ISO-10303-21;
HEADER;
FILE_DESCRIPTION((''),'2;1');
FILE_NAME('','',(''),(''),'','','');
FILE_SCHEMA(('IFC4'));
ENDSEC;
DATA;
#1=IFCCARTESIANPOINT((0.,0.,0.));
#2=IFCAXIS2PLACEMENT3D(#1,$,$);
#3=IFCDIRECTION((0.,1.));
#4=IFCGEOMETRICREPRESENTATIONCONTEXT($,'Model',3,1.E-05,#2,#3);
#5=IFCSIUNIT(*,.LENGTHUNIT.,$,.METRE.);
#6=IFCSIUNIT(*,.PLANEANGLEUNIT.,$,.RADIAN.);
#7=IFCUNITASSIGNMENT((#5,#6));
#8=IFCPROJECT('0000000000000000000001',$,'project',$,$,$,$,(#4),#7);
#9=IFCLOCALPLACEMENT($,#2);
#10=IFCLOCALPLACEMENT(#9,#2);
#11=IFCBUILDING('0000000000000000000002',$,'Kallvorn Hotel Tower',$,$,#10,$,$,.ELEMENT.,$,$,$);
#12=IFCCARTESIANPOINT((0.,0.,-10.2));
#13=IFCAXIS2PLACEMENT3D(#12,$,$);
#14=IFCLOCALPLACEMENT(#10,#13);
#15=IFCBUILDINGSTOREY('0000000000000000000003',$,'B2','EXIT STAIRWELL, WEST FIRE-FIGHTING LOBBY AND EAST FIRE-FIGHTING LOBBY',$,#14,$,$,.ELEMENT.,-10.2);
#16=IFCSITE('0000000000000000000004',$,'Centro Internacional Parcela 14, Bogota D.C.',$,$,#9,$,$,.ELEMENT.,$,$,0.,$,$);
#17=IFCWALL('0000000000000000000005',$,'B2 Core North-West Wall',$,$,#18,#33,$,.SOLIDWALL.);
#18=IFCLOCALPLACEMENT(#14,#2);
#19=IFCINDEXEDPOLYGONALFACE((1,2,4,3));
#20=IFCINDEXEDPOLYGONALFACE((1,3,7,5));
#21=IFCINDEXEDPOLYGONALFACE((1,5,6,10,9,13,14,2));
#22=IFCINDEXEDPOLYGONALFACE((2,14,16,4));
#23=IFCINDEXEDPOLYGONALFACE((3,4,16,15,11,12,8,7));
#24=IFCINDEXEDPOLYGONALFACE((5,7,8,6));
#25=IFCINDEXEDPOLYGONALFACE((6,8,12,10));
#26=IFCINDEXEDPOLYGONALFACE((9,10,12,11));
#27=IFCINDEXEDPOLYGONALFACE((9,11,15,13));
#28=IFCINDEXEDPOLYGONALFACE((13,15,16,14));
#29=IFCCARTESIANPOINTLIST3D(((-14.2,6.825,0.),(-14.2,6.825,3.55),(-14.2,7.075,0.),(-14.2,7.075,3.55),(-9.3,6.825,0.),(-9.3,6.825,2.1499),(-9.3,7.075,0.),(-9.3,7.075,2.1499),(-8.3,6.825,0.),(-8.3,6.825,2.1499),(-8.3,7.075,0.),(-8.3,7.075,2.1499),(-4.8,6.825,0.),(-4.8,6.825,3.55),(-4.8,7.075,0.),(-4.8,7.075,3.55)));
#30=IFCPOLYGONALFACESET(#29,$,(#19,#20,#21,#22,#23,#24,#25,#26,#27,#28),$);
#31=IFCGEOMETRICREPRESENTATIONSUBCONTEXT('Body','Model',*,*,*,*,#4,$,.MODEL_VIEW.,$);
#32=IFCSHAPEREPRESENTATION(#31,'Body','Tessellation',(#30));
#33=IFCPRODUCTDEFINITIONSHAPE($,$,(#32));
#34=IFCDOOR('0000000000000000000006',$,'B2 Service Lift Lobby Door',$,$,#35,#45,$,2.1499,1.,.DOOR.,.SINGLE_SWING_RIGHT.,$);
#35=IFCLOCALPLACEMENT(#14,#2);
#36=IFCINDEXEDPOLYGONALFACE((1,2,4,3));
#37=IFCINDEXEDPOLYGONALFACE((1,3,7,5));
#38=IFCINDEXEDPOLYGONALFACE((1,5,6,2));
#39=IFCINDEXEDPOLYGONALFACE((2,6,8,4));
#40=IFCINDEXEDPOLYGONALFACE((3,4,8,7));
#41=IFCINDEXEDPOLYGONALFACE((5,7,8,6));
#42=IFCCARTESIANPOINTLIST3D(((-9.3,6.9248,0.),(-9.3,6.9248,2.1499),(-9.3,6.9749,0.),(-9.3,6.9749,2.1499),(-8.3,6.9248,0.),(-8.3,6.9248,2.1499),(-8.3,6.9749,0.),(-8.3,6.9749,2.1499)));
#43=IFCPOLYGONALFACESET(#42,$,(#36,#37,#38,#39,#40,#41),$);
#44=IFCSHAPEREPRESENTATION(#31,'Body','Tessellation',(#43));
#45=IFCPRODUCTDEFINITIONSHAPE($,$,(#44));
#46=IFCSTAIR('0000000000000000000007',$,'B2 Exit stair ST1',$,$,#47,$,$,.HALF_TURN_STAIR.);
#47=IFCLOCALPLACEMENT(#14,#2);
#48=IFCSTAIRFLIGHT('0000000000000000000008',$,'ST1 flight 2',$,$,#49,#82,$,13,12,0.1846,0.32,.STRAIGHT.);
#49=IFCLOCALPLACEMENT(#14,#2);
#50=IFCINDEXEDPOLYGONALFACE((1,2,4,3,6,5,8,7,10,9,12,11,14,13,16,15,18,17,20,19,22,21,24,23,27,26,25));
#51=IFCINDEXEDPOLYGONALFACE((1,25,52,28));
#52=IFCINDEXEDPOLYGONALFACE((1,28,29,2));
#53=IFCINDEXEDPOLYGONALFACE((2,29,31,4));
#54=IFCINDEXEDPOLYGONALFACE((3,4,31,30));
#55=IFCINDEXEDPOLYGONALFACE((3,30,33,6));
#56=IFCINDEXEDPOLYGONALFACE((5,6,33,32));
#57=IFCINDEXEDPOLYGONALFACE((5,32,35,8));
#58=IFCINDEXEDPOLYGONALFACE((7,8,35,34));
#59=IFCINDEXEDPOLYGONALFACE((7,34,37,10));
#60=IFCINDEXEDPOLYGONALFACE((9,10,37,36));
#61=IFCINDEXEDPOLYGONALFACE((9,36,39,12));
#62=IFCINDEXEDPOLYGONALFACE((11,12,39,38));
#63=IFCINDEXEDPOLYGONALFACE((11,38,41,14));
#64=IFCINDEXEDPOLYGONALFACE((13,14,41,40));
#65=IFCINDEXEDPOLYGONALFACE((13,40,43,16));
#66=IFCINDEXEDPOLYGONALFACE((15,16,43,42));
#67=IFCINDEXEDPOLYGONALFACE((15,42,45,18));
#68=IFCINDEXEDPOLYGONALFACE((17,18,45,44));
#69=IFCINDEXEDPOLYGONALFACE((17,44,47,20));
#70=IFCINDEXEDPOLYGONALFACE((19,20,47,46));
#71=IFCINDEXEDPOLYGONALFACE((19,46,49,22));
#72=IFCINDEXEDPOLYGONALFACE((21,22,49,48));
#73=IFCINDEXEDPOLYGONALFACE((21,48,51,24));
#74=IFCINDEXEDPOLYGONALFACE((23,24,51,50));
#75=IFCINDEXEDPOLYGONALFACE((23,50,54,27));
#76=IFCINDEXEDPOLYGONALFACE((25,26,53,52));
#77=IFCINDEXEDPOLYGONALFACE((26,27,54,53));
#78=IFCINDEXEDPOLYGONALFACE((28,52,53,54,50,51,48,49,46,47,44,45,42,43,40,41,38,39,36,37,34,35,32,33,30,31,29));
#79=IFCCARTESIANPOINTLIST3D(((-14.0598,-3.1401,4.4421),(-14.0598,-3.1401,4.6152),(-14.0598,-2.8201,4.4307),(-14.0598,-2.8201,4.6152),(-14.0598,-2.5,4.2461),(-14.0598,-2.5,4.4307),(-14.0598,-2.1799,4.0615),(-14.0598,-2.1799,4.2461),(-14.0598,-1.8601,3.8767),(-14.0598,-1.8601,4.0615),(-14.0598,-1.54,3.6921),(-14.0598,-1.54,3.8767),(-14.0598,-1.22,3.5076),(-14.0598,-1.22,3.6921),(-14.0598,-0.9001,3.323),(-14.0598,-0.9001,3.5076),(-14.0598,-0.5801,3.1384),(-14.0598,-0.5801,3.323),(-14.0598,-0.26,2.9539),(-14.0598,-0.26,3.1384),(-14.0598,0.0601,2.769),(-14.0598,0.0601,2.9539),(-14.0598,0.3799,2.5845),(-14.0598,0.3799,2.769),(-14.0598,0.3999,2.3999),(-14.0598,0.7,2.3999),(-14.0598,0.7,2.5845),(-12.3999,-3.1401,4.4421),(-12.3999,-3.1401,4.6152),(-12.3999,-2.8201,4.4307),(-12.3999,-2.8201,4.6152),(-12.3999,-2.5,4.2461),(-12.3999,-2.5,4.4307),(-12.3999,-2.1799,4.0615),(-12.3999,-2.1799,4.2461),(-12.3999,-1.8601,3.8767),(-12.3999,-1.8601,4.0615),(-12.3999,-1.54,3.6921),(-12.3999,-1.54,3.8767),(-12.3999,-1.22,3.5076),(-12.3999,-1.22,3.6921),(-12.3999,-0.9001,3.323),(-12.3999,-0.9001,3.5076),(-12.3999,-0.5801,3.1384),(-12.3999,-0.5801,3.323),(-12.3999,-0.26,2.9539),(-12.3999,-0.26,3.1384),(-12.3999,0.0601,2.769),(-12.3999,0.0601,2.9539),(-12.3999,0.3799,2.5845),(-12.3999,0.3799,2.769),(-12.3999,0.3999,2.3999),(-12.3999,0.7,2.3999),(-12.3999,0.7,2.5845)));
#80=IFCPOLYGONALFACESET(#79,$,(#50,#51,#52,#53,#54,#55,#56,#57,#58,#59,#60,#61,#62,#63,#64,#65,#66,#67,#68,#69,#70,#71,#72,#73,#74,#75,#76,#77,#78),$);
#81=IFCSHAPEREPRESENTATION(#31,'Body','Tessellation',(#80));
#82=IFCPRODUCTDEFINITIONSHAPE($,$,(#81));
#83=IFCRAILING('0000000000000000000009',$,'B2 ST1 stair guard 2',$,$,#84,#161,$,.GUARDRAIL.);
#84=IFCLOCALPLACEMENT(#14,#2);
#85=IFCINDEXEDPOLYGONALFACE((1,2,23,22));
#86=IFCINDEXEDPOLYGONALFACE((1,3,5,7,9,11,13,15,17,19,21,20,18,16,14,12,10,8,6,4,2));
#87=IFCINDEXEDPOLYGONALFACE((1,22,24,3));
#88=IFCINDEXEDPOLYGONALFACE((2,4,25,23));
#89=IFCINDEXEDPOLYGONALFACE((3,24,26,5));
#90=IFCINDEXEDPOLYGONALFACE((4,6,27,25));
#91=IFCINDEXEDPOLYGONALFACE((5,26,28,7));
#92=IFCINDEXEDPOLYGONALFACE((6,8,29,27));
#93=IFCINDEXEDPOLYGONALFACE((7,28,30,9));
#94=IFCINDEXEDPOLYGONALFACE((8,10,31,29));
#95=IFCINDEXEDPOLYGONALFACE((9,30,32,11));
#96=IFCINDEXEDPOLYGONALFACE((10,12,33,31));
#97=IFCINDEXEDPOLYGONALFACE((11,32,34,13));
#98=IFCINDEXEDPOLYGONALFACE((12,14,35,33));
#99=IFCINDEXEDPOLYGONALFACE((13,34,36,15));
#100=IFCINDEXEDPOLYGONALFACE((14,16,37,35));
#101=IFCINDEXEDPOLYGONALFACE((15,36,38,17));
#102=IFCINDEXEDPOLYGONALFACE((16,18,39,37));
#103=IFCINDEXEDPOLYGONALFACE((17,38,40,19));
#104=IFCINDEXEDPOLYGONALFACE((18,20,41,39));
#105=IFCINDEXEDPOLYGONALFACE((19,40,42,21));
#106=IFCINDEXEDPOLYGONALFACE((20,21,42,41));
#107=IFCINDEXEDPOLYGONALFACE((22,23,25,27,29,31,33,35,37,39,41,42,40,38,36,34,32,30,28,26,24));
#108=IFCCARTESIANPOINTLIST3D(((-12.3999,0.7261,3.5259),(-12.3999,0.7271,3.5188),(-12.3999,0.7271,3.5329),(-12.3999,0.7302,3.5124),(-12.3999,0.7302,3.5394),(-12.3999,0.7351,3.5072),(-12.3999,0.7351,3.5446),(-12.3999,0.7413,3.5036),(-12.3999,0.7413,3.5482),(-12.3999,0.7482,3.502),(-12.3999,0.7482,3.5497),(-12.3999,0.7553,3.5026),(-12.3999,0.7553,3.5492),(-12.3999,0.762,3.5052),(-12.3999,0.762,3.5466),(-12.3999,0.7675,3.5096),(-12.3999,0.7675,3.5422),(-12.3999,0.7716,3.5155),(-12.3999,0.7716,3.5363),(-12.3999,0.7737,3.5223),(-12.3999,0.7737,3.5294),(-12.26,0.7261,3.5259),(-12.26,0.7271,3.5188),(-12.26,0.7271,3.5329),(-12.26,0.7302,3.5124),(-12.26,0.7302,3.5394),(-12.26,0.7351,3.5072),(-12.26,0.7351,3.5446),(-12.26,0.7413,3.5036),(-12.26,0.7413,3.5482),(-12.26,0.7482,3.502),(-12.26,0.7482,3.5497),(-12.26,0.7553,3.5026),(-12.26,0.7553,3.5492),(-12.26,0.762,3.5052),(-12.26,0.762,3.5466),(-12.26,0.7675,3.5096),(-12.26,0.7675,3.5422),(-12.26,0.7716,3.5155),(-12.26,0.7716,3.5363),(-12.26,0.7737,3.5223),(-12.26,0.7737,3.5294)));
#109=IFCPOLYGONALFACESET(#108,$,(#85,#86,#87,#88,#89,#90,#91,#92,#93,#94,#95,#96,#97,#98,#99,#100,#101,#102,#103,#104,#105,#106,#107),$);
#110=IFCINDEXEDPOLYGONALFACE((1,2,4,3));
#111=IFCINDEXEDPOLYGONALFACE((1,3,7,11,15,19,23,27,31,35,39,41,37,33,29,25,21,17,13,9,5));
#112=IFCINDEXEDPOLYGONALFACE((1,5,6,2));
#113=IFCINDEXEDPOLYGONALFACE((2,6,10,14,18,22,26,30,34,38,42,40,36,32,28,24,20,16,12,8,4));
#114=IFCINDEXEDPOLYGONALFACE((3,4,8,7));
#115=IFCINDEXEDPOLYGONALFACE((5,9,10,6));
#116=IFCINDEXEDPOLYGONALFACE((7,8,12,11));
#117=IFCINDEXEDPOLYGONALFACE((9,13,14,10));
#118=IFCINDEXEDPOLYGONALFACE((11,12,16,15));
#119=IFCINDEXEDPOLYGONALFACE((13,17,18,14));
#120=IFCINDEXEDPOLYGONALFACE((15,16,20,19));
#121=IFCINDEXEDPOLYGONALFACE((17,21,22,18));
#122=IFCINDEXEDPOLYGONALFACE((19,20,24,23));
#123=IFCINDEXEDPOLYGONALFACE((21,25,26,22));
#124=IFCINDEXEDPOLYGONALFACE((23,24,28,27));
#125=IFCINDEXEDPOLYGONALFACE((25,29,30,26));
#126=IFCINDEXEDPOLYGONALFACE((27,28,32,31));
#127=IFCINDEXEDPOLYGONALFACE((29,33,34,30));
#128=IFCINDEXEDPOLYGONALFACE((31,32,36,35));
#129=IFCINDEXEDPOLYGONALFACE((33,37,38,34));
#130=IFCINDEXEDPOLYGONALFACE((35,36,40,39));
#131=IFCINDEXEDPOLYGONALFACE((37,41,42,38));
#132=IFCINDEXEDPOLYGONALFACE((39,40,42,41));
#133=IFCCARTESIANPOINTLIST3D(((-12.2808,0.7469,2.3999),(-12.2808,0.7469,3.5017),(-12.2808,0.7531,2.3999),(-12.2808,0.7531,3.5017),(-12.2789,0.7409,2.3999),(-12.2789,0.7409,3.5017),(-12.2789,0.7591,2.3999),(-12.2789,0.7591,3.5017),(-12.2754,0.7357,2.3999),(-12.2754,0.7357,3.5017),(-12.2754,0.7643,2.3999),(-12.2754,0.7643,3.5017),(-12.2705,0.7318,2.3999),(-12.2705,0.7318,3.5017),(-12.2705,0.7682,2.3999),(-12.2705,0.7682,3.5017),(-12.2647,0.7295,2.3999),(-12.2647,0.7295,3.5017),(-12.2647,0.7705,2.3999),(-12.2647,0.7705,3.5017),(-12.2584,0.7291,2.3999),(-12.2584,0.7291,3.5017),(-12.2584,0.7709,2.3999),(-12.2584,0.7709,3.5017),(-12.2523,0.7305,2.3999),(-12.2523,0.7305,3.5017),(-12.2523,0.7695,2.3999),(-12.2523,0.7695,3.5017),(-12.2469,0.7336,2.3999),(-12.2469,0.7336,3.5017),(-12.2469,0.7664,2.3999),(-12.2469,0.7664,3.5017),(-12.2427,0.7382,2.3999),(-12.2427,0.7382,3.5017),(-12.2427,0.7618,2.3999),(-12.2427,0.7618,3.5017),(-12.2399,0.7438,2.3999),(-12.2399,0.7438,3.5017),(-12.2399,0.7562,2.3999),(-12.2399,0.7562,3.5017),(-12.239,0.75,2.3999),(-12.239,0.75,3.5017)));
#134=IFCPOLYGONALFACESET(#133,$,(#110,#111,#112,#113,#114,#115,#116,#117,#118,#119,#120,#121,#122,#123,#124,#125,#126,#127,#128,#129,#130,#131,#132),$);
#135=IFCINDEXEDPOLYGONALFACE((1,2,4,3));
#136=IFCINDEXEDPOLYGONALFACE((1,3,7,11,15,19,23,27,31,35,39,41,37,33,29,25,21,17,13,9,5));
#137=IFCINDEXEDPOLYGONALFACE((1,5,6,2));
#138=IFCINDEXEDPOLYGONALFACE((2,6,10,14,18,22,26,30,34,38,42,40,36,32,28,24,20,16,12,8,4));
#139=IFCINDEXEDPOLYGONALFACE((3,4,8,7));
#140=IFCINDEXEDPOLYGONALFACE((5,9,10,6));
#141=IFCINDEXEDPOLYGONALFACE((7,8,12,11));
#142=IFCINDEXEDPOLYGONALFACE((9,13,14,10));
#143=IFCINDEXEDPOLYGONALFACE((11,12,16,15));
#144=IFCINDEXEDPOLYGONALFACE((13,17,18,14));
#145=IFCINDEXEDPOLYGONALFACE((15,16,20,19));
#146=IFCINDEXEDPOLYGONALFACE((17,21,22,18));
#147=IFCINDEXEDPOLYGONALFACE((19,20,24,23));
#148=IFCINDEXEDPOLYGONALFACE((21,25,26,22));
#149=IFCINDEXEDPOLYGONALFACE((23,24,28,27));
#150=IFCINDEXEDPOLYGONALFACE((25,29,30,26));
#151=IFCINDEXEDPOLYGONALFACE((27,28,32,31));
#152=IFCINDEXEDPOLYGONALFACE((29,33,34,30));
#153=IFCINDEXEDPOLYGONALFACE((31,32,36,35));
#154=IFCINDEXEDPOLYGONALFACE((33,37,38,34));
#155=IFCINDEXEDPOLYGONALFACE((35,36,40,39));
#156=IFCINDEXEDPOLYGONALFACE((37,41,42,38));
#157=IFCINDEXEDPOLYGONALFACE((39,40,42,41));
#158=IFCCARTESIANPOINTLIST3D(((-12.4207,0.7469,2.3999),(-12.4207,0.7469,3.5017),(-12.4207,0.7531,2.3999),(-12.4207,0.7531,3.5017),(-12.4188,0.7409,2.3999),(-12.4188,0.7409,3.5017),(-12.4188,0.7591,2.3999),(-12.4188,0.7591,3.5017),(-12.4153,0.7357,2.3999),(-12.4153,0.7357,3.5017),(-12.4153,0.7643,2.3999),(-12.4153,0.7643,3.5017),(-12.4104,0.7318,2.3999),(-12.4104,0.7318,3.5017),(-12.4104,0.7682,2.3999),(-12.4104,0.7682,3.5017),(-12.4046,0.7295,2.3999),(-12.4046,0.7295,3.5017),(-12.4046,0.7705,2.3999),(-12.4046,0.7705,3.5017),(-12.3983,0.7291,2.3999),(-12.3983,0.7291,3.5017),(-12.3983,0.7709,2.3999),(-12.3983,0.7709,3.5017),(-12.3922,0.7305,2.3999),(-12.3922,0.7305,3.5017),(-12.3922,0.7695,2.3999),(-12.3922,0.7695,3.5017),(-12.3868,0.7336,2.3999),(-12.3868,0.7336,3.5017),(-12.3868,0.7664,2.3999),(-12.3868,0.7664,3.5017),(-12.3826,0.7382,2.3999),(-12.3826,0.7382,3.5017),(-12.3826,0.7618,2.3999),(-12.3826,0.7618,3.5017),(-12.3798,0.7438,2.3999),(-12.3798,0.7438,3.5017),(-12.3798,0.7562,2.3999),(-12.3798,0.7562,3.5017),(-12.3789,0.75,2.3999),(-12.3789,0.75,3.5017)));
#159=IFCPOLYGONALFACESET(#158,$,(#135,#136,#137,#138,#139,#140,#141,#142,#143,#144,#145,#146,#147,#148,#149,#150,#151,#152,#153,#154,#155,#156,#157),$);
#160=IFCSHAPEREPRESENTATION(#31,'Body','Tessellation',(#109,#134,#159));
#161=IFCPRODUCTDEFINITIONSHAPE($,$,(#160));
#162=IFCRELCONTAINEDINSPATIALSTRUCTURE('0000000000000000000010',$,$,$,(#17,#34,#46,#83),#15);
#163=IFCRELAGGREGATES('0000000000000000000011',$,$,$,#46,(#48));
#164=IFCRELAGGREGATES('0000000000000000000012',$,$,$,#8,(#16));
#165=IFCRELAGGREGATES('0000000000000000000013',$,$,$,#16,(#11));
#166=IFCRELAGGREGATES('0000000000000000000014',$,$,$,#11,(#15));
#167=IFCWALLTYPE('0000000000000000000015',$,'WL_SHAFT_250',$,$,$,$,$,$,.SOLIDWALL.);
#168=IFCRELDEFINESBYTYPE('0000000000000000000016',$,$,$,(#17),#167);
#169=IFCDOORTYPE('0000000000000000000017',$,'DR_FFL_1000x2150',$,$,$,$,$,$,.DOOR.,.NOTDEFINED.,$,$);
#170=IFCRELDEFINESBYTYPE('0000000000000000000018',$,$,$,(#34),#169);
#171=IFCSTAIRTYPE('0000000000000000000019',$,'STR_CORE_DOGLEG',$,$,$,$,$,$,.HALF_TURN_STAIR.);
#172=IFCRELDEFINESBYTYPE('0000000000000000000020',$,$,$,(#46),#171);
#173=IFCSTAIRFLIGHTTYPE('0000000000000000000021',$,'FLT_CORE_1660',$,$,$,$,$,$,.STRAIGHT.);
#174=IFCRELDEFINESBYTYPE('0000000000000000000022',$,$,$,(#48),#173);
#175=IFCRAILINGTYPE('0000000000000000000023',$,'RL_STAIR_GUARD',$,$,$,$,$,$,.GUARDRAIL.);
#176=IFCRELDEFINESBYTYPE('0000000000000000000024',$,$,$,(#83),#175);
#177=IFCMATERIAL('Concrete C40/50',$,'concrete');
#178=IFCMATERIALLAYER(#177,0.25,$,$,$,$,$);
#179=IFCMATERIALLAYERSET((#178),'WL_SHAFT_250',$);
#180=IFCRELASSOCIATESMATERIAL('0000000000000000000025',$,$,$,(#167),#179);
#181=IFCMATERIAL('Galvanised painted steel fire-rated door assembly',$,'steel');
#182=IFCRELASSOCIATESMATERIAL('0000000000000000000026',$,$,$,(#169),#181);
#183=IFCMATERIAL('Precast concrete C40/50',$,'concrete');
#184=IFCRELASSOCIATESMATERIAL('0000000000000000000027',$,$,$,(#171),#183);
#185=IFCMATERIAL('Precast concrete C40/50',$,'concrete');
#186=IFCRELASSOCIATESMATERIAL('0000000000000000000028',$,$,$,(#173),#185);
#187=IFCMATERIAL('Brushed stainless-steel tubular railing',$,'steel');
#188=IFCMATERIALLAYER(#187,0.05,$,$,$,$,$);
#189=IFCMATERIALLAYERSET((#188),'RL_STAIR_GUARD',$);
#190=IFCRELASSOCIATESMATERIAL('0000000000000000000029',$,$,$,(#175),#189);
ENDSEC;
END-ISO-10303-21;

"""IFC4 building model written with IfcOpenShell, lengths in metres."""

from ifc_helpers import new_model, si_unit, direction, frame, frame_2d, origin, origin_2d, place, context, subcontext, project, spatial, polyline, rectangle, circle, outline, extrude, material, layer, layer_set, type_object, element, fill, aggregate, save


model = new_model("IFC4")

# Units and contexts
model_context = context("Model", 3, precision=1e-05, world=origin(), true_north=direction((0.0, 1.0)))
body_context = subcontext(model_context, "Body", "Model", "MODEL_VIEW")
ifc_project = project(units=[si_unit("LENGTHUNIT", "METRE"), si_unit("PLANEANGLEUNIT", "RADIAN")], contexts=[model_context])

# Site, building, storey
site_placement = place(None, origin())
site = spatial("IfcSite", under=ifc_project, at=site_placement, Name="Centro Internacional Parcela 14, Bogota D.C.", CompositionType="ELEMENT", RefElevation=0.0)
building_placement = place(site_placement, origin())
building = spatial("IfcBuilding", under=site, at=building_placement, Name="Kallvorn Hotel Tower", CompositionType="ELEMENT")
storey_placement = place(building_placement, frame((0.0, 0.0, -10.2)))
storey = spatial("IfcBuildingStorey", under=building, at=storey_placement, Name="B2", Description="EXIT STAIRWELL, WEST FIRE-FIGHTING LOBBY AND EAST FIRE-FIGHTING LOBBY", CompositionType="ELEMENT", Elevation=-10.2)

# Wall, opening, door
ifc_material_1 = material(Name="Concrete C40/50", Category="concrete")
ifc_layer_1 = layer(ifc_material_1, 0.25)
ifc_layer_set_1 = layer_set([ifc_layer_1], Name="WL_SHAFT_250")
wall_type_1 = type_object("IfcWallType", Name="WL_SHAFT_250", PredefinedType="SOLIDWALL", material=ifc_layer_set_1)
wall_1_placement = place(storey_placement, frame((-14.2, 6.95, 0.0), z_axis=(0.0, 0.0, 1.0), x_axis=(1.0, 0.0, 0.0)))
wall_1 = element("IfcWall", 1, at=wall_1_placement, inside=storey, type_object=wall_type_1, Name="B2 Core North-West Wall", PredefinedType="SOLIDWALL", context=body_context, shape_type="SweptSolid", body=[
    extrude(rectangle(XDim=9.3999, YDim=0.25, at=frame_2d((4.7, 0.0))), origin(), (0.0, 0.0, 1.0), 3.55),
])
opening_1_placement = place(wall_1_placement, frame((4.8999, 0.0, 0.0)))
opening_1 = element("IfcOpeningElement", 2, at=opening_1_placement, cuts=wall_1, PredefinedType="OPENING", context=body_context, shape_type="SweptSolid", body=[
    extrude(rectangle(XDim=1.0, YDim=2.1499, at=frame_2d((0.5, 1.075))), frame((0.0, 0.1399, 0.0), z_axis=(0.0, -1.0, 0.0), x_axis=(1.0, 0.0, 0.0)), (0.0, 0.0, 1.0), 0.28),
])
ifc_material_2 = material(Name="Galvanised painted steel fire-rated door assembly", Category="steel")
door_type_1 = type_object("IfcDoorType", Name="DR_FFL_1000x2150", OperationType="NOTDEFINED", PredefinedType="DOOR", material=ifc_material_2)
door_1_placement = place(opening_1_placement, origin())
door_1 = element("IfcDoor", 3, at=door_1_placement, inside=storey, type_object=door_type_1, Name="B2 Service Lift Lobby Door", OperationType="SINGLE_SWING_RIGHT", OverallHeight=2.1499, OverallWidth=1.0, PredefinedType="DOOR", context=body_context, shape_type="SweptSolid", body=[
    extrude(rectangle(XDim=1.0, YDim=2.1499, at=frame_2d((0.5, 1.075))), frame((0.0, 0.0249, 0.0), z_axis=(0.0, -1.0, 0.0), x_axis=(1.0, 0.0, 0.0)), (0.0, 0.0, 1.0), 0.05),
])
fill(opening_1, door_1)

# Stair, stair flight
ifc_material_3 = material(Name="Precast concrete C40/50", Category="concrete")
stair_type = type_object("IfcStairType", Name="STR_CORE_DOGLEG", PredefinedType="HALF_TURN_STAIR", material=ifc_material_3)
stair_placement = place(storey_placement, origin())
stair = element("IfcStair", 4, at=stair_placement, inside=storey, type_object=stair_type, Name="B2 Exit stair ST1", PredefinedType="HALF_TURN_STAIR")
ifc_material_4 = material(Name="Precast concrete C40/50", Category="concrete")
stair_flight_type = type_object("IfcStairFlightType", Name="FLT_CORE_1660", PredefinedType="STRAIGHT", material=ifc_material_4)
stair_flight_placement = place(storey_placement, frame((-13.23, 0.7, 2.3999), z_axis=(0.0, 0.0, 1.0), x_axis=(0.0, -1.0, 0.0)))
stair_flight = element("IfcStairFlight", 5, at=stair_flight_placement, type_object=stair_flight_type, Name="ST1 flight 2", NumberOfRisers=13, NumberOfTreads=12, PredefinedType="STRAIGHT", RiserHeight=0.1846, TreadLength=0.32, context=body_context, shape_type="SweptSolid", body=[
    extrude(outline(polyline([(0.0, 0.0), (0.0, 0.1846), (0.3201, 0.1846), (0.3201, 0.3691), (0.6399, 0.3691), (0.6399, 0.554), (0.96, 0.554), (0.96, 0.7385), (1.28, 0.7385), (1.28, 0.9231), (1.6001, 0.9231), (1.6001, 1.1077), (1.9199, 1.1077), (1.9199, 1.2922), (2.24, 1.2922), (2.24, 1.4768), (2.5601, 1.4768), (2.5601, 1.6616), (2.8799, 1.6616), (2.8799, 1.8462), (3.2, 1.8462), (3.2, 2.0308), (3.52, 2.0308), (3.52, 2.2153), (3.8401, 2.2153), (3.8401, 2.3999), (3.8401, 2.0422), (0.3, 0.0), (0.0, 0.0)])), frame((0.0, 0.8301, 0.0), z_axis=(0.0, -1.0, 0.0), x_axis=(1.0, 0.0, 0.0)), (0.0, 0.0, 1.0), 1.6599),
])
aggregate(stair, [stair_flight])

# Railing
ifc_material_5 = material(Name="Brushed stainless-steel tubular railing", Category="steel")
ifc_layer_2 = layer(ifc_material_5, 0.05)
ifc_layer_set_2 = layer_set([ifc_layer_2], Name="RL_STAIR_GUARD")
railing_type_1 = type_object("IfcRailingType", Name="RL_STAIR_GUARD", PredefinedType="GUARDRAIL", material=ifc_layer_set_2)
railing_1_placement = place(storey_placement, frame((-12.26, 0.75, 2.3999)))
element("IfcRailing", 6, at=railing_1_placement, inside=storey, type_object=railing_type_1, Name="B2 ST1 stair guard 2", PredefinedType="GUARDRAIL", context=body_context, shape_type="SweptSolid", body=[
    extrude(circle(Radius=0.0239, at=origin_2d()), frame((0.0, 0.0, 1.126), z_axis=(-1.0, 0.0, 0.0), x_axis=(0.0, -1.0, 0.0)), (0.0, 0.0, 1.0), 0.1399),
    extrude(circle(Radius=0.021, at=origin_2d()), origin(), (0.0, 0.0, 1.0), 1.1018),
    extrude(circle(Radius=0.021, at=origin_2d()), frame((-0.1399, 0.0, 0.0)), (0.0, 0.0, 1.0), 1.1018),
])

save(model, "model.ifc")
